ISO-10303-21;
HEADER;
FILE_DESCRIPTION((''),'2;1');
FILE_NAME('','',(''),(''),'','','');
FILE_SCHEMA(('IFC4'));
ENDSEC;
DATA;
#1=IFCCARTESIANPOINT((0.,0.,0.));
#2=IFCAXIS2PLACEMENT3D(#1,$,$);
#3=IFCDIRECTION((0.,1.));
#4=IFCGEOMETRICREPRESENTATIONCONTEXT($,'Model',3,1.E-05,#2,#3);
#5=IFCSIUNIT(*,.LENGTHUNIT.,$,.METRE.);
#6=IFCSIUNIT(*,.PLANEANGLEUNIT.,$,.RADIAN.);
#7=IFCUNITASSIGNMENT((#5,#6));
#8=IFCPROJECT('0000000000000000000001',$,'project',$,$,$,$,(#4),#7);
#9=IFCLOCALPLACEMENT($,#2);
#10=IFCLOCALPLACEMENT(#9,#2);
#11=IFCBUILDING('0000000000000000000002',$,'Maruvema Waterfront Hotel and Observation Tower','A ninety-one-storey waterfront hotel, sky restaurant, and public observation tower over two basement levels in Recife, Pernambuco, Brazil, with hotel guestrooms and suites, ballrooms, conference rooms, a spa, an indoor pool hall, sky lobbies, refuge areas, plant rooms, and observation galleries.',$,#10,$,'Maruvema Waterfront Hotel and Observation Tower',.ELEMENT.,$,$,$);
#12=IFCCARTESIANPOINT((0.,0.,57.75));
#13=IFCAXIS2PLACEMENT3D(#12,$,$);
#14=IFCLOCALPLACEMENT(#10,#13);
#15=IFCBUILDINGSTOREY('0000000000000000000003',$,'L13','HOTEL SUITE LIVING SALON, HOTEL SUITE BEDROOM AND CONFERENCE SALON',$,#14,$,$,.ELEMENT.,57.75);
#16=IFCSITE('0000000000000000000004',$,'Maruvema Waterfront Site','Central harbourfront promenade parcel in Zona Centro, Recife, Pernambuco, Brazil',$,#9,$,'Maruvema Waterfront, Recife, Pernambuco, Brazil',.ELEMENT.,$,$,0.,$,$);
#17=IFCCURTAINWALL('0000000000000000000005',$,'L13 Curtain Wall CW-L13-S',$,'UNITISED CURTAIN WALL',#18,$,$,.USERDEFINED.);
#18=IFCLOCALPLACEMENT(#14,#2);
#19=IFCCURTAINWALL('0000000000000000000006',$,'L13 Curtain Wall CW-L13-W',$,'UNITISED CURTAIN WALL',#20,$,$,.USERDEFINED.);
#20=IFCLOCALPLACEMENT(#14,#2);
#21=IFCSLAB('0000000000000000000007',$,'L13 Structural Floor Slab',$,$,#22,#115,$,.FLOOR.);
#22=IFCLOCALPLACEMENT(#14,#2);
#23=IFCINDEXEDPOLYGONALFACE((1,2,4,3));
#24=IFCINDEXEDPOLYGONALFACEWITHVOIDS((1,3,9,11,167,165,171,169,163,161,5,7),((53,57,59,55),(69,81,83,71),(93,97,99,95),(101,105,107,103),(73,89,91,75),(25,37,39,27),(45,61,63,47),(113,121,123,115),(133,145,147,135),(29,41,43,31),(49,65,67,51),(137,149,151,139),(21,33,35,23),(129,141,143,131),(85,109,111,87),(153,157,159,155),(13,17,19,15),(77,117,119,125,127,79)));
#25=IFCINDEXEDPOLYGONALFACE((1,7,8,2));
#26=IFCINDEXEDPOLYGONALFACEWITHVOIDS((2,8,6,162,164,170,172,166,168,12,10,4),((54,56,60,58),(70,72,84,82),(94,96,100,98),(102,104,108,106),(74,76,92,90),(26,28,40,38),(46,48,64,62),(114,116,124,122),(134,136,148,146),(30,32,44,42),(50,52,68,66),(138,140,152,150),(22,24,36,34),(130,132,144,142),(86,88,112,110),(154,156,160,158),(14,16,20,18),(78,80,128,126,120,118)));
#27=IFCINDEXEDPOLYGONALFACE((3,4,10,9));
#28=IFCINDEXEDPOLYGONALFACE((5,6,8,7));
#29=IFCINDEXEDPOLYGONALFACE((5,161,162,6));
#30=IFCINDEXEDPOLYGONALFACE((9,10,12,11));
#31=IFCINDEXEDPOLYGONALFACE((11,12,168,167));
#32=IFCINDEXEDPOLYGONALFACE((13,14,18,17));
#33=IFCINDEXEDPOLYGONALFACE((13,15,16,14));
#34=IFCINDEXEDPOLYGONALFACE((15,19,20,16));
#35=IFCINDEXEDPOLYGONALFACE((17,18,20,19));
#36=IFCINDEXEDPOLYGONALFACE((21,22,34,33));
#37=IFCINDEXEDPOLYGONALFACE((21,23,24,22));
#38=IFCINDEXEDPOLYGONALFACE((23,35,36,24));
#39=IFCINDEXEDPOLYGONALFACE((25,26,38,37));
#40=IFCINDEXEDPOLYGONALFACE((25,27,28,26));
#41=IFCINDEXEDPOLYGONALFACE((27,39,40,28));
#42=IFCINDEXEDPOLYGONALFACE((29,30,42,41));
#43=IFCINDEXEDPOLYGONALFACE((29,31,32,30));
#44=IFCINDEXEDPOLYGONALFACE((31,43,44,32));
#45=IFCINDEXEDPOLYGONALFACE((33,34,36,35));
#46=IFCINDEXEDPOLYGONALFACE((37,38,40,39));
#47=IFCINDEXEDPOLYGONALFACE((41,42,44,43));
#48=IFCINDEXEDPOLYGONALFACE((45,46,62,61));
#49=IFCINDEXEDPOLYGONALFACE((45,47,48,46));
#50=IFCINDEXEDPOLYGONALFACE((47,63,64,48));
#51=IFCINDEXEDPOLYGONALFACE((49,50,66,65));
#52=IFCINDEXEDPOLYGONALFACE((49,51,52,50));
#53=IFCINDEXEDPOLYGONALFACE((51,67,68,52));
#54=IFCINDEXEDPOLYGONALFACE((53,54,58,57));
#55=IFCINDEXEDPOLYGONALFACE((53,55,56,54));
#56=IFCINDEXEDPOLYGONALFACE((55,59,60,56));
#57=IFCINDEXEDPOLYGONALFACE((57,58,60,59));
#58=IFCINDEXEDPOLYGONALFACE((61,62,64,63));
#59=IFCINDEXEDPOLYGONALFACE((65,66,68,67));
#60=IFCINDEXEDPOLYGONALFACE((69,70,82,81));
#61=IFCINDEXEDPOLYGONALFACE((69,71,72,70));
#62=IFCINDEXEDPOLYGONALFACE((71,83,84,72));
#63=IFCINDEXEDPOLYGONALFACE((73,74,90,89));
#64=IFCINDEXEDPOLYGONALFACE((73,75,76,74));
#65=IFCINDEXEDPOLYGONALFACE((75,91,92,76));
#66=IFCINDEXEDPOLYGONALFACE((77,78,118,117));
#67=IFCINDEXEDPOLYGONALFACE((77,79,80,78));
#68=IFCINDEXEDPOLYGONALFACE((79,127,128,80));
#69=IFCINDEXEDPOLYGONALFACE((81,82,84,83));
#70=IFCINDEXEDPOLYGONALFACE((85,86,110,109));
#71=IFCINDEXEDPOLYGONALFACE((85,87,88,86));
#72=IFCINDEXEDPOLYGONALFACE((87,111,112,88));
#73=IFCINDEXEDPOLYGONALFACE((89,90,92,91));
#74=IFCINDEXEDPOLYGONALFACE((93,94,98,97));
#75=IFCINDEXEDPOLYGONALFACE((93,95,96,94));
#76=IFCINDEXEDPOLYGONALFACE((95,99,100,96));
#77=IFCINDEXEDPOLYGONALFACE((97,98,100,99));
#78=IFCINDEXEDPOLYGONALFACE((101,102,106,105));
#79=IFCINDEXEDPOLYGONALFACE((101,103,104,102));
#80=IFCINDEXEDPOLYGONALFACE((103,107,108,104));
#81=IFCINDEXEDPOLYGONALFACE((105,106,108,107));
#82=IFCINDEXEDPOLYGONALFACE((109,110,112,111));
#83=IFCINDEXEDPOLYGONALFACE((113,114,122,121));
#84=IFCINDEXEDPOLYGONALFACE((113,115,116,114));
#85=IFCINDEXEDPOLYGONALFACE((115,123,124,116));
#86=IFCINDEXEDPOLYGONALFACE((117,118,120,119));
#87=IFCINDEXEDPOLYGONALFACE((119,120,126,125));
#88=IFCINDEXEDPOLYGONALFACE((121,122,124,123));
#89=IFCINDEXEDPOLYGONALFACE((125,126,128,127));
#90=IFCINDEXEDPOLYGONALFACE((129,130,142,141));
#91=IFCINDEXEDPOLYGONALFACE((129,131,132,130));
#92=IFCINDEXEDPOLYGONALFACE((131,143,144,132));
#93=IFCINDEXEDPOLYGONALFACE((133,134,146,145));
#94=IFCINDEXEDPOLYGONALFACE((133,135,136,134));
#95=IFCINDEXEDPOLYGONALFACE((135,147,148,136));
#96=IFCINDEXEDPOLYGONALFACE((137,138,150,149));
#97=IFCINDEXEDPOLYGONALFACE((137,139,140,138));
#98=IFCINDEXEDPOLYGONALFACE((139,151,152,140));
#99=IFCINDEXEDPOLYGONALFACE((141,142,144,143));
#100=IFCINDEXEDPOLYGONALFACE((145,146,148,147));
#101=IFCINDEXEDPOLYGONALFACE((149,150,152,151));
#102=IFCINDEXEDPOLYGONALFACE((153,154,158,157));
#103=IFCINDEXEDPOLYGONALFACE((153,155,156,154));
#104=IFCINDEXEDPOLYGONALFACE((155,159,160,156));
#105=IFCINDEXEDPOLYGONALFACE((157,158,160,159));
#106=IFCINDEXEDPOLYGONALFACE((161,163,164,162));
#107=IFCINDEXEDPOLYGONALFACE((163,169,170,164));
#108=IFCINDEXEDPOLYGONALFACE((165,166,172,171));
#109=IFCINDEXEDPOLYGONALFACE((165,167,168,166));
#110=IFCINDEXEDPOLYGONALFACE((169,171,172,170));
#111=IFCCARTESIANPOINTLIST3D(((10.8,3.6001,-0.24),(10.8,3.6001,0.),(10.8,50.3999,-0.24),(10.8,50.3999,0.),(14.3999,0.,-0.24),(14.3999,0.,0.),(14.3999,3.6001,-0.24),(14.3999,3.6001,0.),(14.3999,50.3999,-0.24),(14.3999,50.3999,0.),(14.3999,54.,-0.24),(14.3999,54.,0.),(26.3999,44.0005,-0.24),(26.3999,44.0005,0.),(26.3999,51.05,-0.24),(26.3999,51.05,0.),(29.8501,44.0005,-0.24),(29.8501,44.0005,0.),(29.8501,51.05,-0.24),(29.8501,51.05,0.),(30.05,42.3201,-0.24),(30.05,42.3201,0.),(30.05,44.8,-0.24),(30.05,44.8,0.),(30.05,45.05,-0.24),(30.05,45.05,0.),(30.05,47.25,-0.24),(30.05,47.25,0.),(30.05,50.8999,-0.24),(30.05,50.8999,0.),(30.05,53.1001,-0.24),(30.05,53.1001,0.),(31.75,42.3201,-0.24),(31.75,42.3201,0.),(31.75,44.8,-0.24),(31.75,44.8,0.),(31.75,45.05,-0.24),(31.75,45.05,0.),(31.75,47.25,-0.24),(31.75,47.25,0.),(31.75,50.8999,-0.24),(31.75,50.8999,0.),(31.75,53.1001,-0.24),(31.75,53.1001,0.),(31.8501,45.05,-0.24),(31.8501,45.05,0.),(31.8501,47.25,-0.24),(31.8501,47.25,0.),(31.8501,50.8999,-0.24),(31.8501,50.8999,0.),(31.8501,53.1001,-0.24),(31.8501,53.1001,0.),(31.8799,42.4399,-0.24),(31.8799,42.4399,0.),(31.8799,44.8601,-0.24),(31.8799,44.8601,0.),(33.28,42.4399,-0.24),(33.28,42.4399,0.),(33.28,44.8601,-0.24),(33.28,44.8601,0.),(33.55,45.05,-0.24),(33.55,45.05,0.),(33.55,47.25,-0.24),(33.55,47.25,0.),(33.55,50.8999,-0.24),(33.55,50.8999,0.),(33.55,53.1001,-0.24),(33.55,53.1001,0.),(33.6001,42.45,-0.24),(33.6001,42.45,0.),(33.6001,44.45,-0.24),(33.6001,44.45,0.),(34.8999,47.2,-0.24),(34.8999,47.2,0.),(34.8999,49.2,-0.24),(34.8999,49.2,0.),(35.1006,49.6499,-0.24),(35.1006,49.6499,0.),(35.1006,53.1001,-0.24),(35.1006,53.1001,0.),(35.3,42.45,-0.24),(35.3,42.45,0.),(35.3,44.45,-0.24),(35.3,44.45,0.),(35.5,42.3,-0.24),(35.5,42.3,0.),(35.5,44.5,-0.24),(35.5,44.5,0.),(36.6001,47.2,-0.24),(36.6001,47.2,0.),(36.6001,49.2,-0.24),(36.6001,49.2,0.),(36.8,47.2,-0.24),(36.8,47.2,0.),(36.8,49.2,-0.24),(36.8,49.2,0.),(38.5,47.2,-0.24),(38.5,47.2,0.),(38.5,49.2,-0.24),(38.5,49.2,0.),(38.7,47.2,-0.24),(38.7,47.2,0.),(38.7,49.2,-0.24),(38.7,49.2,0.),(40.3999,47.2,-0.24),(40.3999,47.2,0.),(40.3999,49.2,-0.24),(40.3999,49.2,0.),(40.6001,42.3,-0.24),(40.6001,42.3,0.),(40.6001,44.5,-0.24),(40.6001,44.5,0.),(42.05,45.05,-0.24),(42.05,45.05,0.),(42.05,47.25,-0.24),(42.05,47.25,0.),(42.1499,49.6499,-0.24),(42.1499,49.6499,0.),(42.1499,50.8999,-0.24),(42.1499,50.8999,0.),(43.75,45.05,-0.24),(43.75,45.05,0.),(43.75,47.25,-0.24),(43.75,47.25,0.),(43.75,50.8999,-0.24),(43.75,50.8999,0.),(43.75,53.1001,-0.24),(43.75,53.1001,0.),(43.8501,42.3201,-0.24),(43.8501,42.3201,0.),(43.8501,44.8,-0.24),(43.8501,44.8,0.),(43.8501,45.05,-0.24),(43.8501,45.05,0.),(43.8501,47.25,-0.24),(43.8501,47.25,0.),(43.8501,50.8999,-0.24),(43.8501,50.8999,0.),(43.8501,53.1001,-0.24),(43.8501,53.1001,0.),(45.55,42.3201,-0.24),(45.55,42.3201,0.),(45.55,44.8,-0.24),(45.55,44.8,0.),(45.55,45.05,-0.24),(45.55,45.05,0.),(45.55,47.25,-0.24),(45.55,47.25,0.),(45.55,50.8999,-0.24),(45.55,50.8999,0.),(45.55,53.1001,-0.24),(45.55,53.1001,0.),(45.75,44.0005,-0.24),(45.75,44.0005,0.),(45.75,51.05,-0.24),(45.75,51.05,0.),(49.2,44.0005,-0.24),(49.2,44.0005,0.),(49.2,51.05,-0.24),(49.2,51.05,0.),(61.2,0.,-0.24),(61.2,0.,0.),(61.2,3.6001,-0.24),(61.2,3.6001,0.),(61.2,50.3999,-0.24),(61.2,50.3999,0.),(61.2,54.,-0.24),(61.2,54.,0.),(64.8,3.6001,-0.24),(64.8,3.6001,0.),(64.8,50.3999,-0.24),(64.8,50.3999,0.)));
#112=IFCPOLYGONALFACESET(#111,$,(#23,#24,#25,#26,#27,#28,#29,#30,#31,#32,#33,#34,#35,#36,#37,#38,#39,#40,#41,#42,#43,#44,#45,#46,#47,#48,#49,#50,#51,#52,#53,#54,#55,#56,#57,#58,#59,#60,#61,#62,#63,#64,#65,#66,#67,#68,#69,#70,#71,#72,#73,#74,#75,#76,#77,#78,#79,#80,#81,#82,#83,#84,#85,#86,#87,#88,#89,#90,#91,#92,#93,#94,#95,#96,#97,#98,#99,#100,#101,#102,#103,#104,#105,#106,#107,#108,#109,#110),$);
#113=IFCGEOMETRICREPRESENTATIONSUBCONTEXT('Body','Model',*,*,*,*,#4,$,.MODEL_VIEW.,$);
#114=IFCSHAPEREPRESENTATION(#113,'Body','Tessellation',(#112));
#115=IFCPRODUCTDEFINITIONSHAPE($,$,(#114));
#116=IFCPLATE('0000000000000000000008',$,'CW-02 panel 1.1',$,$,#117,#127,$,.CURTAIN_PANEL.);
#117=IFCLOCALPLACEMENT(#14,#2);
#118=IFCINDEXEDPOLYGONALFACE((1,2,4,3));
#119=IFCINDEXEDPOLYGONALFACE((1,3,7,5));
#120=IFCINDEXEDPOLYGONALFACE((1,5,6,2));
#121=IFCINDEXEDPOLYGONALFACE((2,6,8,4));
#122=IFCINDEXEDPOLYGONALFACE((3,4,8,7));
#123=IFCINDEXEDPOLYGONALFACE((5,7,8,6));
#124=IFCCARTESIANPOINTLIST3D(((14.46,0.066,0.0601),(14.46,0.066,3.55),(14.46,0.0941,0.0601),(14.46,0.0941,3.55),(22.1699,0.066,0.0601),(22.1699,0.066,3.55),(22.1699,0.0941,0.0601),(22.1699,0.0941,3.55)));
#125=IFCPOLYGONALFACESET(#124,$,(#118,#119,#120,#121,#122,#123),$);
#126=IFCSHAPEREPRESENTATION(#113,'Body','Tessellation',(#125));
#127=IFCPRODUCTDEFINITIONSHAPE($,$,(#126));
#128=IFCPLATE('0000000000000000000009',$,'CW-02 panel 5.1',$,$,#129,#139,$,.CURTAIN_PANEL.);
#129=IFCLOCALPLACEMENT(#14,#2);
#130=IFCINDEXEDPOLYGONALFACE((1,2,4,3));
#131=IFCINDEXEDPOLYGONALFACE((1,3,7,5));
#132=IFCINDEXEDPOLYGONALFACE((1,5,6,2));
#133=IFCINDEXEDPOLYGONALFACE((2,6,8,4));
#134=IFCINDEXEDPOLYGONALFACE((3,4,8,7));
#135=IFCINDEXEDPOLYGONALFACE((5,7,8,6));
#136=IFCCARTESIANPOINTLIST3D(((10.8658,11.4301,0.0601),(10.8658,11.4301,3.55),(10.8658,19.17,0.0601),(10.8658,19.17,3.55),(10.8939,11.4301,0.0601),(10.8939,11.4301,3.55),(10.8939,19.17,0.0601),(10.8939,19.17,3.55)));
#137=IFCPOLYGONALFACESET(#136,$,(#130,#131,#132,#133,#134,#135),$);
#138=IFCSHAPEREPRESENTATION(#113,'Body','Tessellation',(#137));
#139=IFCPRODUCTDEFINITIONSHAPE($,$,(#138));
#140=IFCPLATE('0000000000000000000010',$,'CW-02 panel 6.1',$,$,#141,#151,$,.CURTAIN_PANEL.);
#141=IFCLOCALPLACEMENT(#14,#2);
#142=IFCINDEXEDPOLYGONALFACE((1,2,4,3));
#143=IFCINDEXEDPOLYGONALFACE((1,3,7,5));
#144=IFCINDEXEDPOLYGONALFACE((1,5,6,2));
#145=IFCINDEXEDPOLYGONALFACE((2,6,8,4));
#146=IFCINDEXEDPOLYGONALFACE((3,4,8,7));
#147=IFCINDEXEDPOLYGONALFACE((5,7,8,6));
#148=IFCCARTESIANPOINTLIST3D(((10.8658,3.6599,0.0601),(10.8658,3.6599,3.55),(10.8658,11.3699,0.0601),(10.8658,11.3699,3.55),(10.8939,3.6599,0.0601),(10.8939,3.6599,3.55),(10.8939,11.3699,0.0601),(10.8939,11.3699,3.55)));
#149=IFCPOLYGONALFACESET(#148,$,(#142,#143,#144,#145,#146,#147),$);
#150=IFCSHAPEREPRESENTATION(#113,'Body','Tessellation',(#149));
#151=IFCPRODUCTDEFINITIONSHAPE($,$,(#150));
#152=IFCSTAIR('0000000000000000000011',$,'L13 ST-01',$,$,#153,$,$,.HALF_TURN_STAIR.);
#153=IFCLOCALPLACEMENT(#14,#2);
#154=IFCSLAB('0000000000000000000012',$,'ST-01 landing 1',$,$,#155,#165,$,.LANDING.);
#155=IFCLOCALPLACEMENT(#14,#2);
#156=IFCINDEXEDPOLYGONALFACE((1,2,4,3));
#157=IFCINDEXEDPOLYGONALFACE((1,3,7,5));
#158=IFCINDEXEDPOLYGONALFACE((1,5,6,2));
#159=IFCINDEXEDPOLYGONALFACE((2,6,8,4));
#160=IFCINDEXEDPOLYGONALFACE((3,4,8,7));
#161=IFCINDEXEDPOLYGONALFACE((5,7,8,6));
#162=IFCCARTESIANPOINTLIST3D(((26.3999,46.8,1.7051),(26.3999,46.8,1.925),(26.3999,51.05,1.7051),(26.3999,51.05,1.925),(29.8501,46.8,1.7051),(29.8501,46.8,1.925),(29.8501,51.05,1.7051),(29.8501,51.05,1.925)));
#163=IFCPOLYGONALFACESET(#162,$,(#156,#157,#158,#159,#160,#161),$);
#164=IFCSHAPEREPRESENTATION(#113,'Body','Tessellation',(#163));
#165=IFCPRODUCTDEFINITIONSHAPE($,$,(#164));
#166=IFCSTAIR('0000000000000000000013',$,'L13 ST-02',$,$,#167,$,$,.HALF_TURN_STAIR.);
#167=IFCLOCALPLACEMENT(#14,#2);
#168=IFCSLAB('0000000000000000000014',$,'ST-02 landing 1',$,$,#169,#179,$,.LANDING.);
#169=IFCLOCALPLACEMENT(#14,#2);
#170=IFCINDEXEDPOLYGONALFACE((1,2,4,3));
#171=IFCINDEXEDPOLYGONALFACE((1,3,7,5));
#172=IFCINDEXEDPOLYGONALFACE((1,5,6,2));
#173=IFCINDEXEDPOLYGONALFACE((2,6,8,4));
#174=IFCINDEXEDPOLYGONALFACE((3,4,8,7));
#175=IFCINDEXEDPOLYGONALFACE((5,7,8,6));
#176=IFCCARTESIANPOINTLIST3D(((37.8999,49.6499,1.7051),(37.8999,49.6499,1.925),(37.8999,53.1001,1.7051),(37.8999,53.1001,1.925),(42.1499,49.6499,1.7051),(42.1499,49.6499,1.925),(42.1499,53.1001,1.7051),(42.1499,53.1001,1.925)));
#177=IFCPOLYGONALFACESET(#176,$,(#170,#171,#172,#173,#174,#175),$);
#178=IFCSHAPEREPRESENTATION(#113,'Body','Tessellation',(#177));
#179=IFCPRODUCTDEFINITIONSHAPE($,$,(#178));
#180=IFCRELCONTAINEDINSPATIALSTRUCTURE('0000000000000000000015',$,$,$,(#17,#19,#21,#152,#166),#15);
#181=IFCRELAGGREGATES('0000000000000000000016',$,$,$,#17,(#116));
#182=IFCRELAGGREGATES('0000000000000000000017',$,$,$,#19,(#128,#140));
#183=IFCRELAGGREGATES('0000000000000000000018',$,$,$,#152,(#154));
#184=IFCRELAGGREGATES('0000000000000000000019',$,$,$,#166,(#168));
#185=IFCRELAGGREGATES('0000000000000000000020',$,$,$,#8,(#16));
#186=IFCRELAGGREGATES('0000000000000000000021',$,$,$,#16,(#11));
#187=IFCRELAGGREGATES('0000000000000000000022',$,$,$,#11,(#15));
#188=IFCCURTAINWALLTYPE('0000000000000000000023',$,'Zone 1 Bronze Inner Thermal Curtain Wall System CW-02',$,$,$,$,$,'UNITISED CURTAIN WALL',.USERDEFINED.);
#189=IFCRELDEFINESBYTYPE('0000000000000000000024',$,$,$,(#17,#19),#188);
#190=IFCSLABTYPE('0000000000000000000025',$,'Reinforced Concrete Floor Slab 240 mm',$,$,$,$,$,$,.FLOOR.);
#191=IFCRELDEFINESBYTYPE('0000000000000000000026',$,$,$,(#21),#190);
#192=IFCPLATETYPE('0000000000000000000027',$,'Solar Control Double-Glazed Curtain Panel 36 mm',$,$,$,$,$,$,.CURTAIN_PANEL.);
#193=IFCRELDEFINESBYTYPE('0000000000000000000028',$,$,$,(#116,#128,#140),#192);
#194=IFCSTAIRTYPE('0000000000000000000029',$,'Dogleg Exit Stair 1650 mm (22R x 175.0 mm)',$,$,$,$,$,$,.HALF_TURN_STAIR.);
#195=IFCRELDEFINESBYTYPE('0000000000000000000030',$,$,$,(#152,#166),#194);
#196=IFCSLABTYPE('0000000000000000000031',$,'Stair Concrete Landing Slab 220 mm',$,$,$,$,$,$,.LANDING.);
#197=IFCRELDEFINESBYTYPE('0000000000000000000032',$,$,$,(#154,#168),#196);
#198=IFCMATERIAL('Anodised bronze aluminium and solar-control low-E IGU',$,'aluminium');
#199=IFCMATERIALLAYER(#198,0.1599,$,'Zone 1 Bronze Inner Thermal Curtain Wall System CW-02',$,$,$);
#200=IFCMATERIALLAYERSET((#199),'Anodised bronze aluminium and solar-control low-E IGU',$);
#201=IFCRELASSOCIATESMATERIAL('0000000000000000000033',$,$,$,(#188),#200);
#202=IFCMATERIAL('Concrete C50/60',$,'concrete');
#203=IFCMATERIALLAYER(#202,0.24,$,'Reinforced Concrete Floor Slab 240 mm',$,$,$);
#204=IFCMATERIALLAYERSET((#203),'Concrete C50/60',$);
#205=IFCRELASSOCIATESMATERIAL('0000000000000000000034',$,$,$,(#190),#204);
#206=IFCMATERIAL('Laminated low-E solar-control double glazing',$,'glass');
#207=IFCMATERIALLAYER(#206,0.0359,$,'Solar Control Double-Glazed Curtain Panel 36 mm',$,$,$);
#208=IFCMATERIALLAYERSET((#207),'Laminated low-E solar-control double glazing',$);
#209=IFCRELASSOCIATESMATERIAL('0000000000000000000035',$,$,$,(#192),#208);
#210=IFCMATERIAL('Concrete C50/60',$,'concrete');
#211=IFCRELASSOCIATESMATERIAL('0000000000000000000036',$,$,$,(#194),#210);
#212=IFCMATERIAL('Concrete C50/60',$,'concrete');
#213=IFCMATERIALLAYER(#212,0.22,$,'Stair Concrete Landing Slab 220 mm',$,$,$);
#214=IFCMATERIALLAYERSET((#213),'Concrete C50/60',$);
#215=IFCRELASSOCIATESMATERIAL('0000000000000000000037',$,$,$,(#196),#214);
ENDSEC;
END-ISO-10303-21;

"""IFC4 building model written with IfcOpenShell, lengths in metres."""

from ifc_helpers import new_model, si_unit, direction, frame, origin, origin_2d, place, context, subcontext, project, spatial, polyline, rectangle, outline, extrude, material, layer, layer_set, type_object, element, aggregate, save


model = new_model("IFC4")

# Units and contexts
model_context = context("Model", 3, precision=1e-05, world=origin(), true_north=direction((0.0, 1.0)))
body_context = subcontext(model_context, "Body", "Model", "MODEL_VIEW")
ifc_project = project(units=[si_unit("LENGTHUNIT", "METRE"), si_unit("PLANEANGLEUNIT", "RADIAN")], contexts=[model_context])

# Site, building, storey
site_placement = place(None, origin())
site = spatial("IfcSite", under=ifc_project, at=site_placement, Name="Maruvema Waterfront Site", Description="Central harbourfront promenade parcel in Zona Centro, Recife, Pernambuco, Brazil", LongName="Maruvema Waterfront, Recife, Pernambuco, Brazil", CompositionType="ELEMENT", RefElevation=0.0)
building_placement = place(site_placement, origin())
building = spatial("IfcBuilding", under=site, at=building_placement, Name="Maruvema Waterfront Hotel and Observation Tower", Description="A ninety-one-storey waterfront hotel, sky restaurant, and public observation tower over two basement levels in Recife, Pernambuco, Brazil, with hotel guestrooms and suites, ballrooms, conference rooms, a spa, an indoor pool hall, sky lobbies, refuge areas, plant rooms, and observation galleries.", LongName="Maruvema Waterfront Hotel and Observation Tower", CompositionType="ELEMENT")
storey_placement = place(building_placement, frame((0.0, 0.0, 57.75)))
storey = spatial("IfcBuildingStorey", under=building, at=storey_placement, Name="L13", Description="HOTEL SUITE LIVING SALON, HOTEL SUITE BEDROOM AND CONFERENCE SALON", CompositionType="ELEMENT", Elevation=57.75)

# Curtain walls
ifc_material_1 = material(Name="Anodised bronze aluminium and solar-control low-E IGU", Category="aluminium")
ifc_layer_1 = layer(ifc_material_1, 0.1599, Name="Zone 1 Bronze Inner Thermal Curtain Wall System CW-02")
ifc_layer_set_1 = layer_set([ifc_layer_1], Name="Anodised bronze aluminium and solar-control low-E IGU")
curtain_wall_type = type_object("IfcCurtainWallType", Name="Zone 1 Bronze Inner Thermal Curtain Wall System CW-02", ElementType="UNITISED CURTAIN WALL", PredefinedType="USERDEFINED", material=ifc_layer_set_1)
curtain_wall_1_placement = place(storey_placement, origin())
curtain_wall_1 = element("IfcCurtainWall", 1, at=curtain_wall_1_placement, inside=storey, type_object=curtain_wall_type, Name="L13 Curtain Wall CW-L13-S", ObjectType="UNITISED CURTAIN WALL", PredefinedType="USERDEFINED")
curtain_wall_2_placement = place(storey_placement, origin())
curtain_wall_2 = element("IfcCurtainWall", 2, at=curtain_wall_2_placement, inside=storey, type_object=curtain_wall_type, Name="L13 Curtain Wall CW-L13-W", ObjectType="UNITISED CURTAIN WALL", PredefinedType="USERDEFINED")

# Slab
ifc_material_2 = material(Name="Concrete C50/60", Category="concrete")
ifc_layer_2 = layer(ifc_material_2, 0.24, Name="Reinforced Concrete Floor Slab 240 mm")
ifc_layer_set_2 = layer_set([ifc_layer_2], Name="Concrete C50/60")
slab_type_1 = type_object("IfcSlabType", Name="Reinforced Concrete Floor Slab 240 mm", PredefinedType="FLOOR", material=ifc_layer_set_2)
slab_1_placement = place(storey_placement, frame((0.0, 0.0, -0.24)))
element("IfcSlab", 3, at=slab_1_placement, inside=storey, type_object=slab_type_1, Name="L13 Structural Floor Slab", PredefinedType="FLOOR", context=body_context, shape_type="SweptSolid", body=[
    extrude(outline(polyline([(14.3999, 0.0), (61.2, 0.0), (61.2, 3.6001), (64.8, 3.6001), (64.8, 50.3999), (61.2, 50.3999), (61.2, 54.0), (14.3999, 54.0), (14.3999, 50.3999), (10.8, 50.3999), (10.8, 3.6001), (14.3999, 3.6001), (14.3999, 0.0)]), holes=[polyline([(26.3999, 44.0005), (26.3999, 51.05), (29.8501, 51.05), (29.8501, 44.0005), (26.3999, 44.0005)]), polyline([(30.05, 44.8), (31.75, 44.8), (31.75, 42.3201), (30.05, 42.3201), (30.05, 44.8)]), polyline([(31.75, 47.25), (31.75, 45.05), (30.05, 45.05), (30.05, 47.25), (31.75, 47.25)]), polyline([(31.75, 53.1001), (31.75, 50.8999), (30.05, 50.8999), (30.05, 53.1001), (31.75, 53.1001)]), polyline([(33.28, 44.8601), (33.28, 42.4399), (31.8799, 42.4399), (31.8799, 44.8601), (33.28, 44.8601)]), polyline([(31.8501, 47.25), (33.55, 47.25), (33.55, 45.05), (31.8501, 45.05), (31.8501, 47.25)]), polyline([(31.8501, 53.1001), (33.55, 53.1001), (33.55, 50.8999), (31.8501, 50.8999), (31.8501, 53.1001)]), polyline([(33.6001, 44.45), (35.3, 44.45), (35.3, 42.45), (33.6001, 42.45), (33.6001, 44.45)]), polyline([(34.8999, 49.2), (36.6001, 49.2), (36.6001, 47.2), (34.8999, 47.2), (34.8999, 49.2)]), polyline([(38.5, 49.2), (38.5, 47.2), (36.8, 47.2), (36.8, 49.2), (38.5, 49.2)]), polyline([(35.5, 44.5), (40.6001, 44.5), (40.6001, 42.3), (35.5, 42.3), (35.5, 44.5)]), polyline([(43.75, 50.8999), (42.1499, 50.8999), (42.1499, 49.6499), (35.1006, 49.6499), (35.1006, 53.1001), (43.75, 53.1001), (43.75, 50.8999)]), polyline([(40.3999, 49.2), (40.3999, 47.2), (38.7, 47.2), (38.7, 49.2), (40.3999, 49.2)]), polyline([(43.75, 47.25), (43.75, 45.05), (42.05, 45.05), (42.05, 47.25), (43.75, 47.25)]), polyline([(45.55, 44.8), (45.55, 42.3201), (43.8501, 42.3201), (43.8501, 44.8), (45.55, 44.8)]), polyline([(43.8501, 47.25), (45.55, 47.25), (45.55, 45.05), (43.8501, 45.05), (43.8501, 47.25)]), polyline([(45.55, 53.1001), (45.55, 50.8999), (43.8501, 50.8999), (43.8501, 53.1001), (45.55, 53.1001)]), polyline([(45.75, 51.05), (49.2, 51.05), (49.2, 44.0005), (45.75, 44.0005), (45.75, 51.05)])]), origin(), (0.0, 0.0, 1.0), 0.24),
])

# Plates
ifc_material_3 = material(Name="Laminated low-E solar-control double glazing", Category="glass")
ifc_layer_3 = layer(ifc_material_3, 0.0359, Name="Solar Control Double-Glazed Curtain Panel 36 mm")
ifc_layer_set_3 = layer_set([ifc_layer_3], Name="Laminated low-E solar-control double glazing")
plate_type = type_object("IfcPlateType", Name="Solar Control Double-Glazed Curtain Panel 36 mm", PredefinedType="CURTAIN_PANEL", material=ifc_layer_set_3)
plate_1_placement = place(storey_placement, frame((18.3149, 0.0801, 0.0601), z_axis=(0.0, 0.0, 1.0), x_axis=(1.0, 0.0, 0.0)))
plate_1 = element("IfcPlate", 4, at=plate_1_placement, type_object=plate_type, Name="CW-02 panel 1.1", PredefinedType="CURTAIN_PANEL", context=body_context, shape_type="SweptSolid", body=[
    extrude(rectangle(XDim=7.71, YDim=0.0281, at=origin_2d()), origin(), (0.0, 0.0, 1.0), 3.49),
])
aggregate(curtain_wall_1, [plate_1])
plate_2_placement = place(storey_placement, frame((10.8799, 15.3, 0.0601), z_axis=(0.0, 0.0, 1.0), x_axis=(0.0, -1.0, 0.0)))
plate_2 = element("IfcPlate", 5, at=plate_2_placement, type_object=plate_type, Name="CW-02 panel 5.1", PredefinedType="CURTAIN_PANEL", context=body_context, shape_type="SweptSolid", body=[
    extrude(rectangle(XDim=7.74, YDim=0.0281, at=origin_2d()), origin(), (0.0, 0.0, 1.0), 3.49),
])
plate_3_placement = place(storey_placement, frame((10.8799, 7.5149, 0.0601), z_axis=(0.0, 0.0, 1.0), x_axis=(0.0, -1.0, 0.0)))
plate_3 = element("IfcPlate", 6, at=plate_3_placement, type_object=plate_type, Name="CW-02 panel 6.1", PredefinedType="CURTAIN_PANEL", context=body_context, shape_type="SweptSolid", body=[
    extrude(rectangle(XDim=7.71, YDim=0.0281, at=origin_2d()), origin(), (0.0, 0.0, 1.0), 3.49),
])
aggregate(curtain_wall_2, [plate_2, plate_3])

# Stairs, slabs
ifc_material_4 = material(Name="Concrete C50/60", Category="concrete")
stair_type = type_object("IfcStairType", Name="Dogleg Exit Stair 1650 mm (22R x 175.0 mm)", PredefinedType="HALF_TURN_STAIR", material=ifc_material_4)
stair_1_placement = place(storey_placement, origin())
stair_1 = element("IfcStair", 7, at=stair_1_placement, inside=storey, type_object=stair_type, Name="L13 ST-01", PredefinedType="HALF_TURN_STAIR")
ifc_material_5 = material(Name="Concrete C50/60", Category="concrete")
ifc_layer_4 = layer(ifc_material_5, 0.22, Name="Stair Concrete Landing Slab 220 mm")
ifc_layer_set_4 = layer_set([ifc_layer_4], Name="Concrete C50/60")
slab_type_2 = type_object("IfcSlabType", Name="Stair Concrete Landing Slab 220 mm", PredefinedType="LANDING", material=ifc_layer_set_4)
slab_2_placement = place(storey_placement, frame((0.0, 0.0, 1.7051)))
slab_2 = element("IfcSlab", 8, at=slab_2_placement, type_object=slab_type_2, Name="ST-01 landing 1", PredefinedType="LANDING", context=body_context, shape_type="SweptSolid", body=[
    extrude(outline(polyline([(29.8501, 46.8), (29.8501, 51.05), (26.3999, 51.05), (26.3999, 46.8), (29.8501, 46.8)])), origin(), (0.0, 0.0, 1.0), 0.22),
])
aggregate(stair_1, [slab_2])
stair_2_placement = place(storey_placement, origin())
stair_2 = element("IfcStair", 9, at=stair_2_placement, inside=storey, type_object=stair_type, Name="L13 ST-02", PredefinedType="HALF_TURN_STAIR")
slab_3_placement = place(storey_placement, frame((0.0, 0.0, 1.7051)))
slab_3 = element("IfcSlab", 10, at=slab_3_placement, type_object=slab_type_2, Name="ST-02 landing 1", PredefinedType="LANDING", context=body_context, shape_type="SweptSolid", body=[
    extrude(outline(polyline([(37.8999, 49.6499), (42.1499, 49.6499), (42.1499, 53.1001), (37.8999, 53.1001), (37.8999, 49.6499)])), origin(), (0.0, 0.0, 1.0), 0.22),
])
aggregate(stair_2, [slab_3])

save(model, "model.ifc")
